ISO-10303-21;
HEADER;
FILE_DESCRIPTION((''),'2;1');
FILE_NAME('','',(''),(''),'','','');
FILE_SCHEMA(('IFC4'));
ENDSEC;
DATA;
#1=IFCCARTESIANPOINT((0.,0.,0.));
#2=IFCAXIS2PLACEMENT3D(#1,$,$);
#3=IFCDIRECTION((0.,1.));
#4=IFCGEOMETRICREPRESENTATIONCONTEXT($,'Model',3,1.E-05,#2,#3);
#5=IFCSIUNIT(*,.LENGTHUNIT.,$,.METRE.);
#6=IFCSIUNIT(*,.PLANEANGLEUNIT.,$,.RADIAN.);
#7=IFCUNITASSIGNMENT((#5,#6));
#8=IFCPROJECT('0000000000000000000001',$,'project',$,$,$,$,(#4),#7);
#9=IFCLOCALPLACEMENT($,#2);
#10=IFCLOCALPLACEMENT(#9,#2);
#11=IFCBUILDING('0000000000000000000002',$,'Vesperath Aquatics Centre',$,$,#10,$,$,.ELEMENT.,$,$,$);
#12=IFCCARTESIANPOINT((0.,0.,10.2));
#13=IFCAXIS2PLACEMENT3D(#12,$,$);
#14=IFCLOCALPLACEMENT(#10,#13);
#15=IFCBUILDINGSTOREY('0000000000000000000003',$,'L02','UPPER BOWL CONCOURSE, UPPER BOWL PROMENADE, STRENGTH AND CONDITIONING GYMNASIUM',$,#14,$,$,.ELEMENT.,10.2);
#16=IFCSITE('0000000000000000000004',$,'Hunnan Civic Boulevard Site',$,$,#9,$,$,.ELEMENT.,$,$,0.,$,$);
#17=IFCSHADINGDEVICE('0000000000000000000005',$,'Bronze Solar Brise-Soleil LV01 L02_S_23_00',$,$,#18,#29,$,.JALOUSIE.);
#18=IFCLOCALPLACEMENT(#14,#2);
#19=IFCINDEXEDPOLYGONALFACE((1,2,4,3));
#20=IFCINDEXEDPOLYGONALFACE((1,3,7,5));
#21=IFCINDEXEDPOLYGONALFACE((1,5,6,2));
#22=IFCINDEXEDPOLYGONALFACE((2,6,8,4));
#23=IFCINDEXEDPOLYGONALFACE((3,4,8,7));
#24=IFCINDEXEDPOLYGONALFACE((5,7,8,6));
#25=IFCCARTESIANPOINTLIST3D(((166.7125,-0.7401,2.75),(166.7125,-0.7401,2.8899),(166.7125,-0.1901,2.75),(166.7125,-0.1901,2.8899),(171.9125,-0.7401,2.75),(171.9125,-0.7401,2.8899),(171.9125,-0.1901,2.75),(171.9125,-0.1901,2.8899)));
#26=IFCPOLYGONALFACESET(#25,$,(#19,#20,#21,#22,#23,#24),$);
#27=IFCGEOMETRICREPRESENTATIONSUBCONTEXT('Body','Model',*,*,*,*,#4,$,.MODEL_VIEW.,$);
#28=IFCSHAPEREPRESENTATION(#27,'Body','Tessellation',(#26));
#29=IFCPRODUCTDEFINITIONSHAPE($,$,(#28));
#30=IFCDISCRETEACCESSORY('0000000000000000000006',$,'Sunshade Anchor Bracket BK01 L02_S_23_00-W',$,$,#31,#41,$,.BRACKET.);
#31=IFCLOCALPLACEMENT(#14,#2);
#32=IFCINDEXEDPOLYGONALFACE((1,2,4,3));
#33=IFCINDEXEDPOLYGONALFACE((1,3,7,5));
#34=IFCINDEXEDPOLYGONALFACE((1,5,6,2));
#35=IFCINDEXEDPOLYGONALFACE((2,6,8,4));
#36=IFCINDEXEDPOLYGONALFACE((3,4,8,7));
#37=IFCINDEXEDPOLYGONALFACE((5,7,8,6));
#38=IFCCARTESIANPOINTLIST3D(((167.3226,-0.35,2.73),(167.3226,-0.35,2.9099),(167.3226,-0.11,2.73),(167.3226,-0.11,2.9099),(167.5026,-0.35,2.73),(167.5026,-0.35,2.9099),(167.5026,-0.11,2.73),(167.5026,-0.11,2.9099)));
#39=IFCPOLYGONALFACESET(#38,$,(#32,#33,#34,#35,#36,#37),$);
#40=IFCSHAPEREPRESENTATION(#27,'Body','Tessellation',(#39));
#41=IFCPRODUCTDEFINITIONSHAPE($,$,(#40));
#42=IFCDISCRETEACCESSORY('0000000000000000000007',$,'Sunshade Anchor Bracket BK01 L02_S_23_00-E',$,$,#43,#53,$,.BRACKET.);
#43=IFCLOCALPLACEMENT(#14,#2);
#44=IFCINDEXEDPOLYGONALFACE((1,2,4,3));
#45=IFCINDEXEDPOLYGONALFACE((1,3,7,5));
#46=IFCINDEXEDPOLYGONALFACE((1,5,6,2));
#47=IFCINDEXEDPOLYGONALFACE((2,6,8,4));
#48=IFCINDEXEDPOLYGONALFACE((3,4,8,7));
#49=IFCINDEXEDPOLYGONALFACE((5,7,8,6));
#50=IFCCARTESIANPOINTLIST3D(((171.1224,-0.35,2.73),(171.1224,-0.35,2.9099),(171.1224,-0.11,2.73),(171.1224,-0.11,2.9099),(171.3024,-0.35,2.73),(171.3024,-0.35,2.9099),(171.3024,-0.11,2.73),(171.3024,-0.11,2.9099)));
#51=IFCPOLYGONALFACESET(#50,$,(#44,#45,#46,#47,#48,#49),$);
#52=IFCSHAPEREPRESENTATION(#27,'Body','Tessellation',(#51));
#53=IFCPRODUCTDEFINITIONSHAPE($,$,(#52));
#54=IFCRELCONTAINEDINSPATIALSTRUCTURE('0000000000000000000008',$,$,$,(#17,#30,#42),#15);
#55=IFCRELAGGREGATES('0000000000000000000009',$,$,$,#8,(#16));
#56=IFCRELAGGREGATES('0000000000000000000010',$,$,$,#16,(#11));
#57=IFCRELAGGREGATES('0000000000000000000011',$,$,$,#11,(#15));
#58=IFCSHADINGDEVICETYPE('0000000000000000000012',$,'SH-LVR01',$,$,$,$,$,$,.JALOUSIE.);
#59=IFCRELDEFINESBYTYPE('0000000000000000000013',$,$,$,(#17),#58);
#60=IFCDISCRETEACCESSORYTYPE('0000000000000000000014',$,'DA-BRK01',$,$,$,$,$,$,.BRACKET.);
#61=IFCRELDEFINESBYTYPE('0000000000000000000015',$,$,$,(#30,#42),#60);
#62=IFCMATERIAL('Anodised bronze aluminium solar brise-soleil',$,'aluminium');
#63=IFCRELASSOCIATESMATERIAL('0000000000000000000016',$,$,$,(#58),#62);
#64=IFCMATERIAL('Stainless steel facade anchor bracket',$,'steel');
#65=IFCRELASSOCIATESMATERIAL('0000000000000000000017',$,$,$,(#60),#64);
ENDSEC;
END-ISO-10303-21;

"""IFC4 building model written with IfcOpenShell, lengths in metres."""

from ifc_helpers import new_model, si_unit, direction, frame, origin, origin_2d, place, context, subcontext, project, spatial, rectangle, extrude, material, type_object, element, save


model = new_model("IFC4")

# Units and contexts
model_context = context("Model", 3, precision=1e-05, world=origin(), true_north=direction((0.0, 1.0)))
body_context = subcontext(model_context, "Body", "Model", "MODEL_VIEW")
ifc_project = project(units=[si_unit("LENGTHUNIT", "METRE"), si_unit("PLANEANGLEUNIT", "RADIAN")], contexts=[model_context])

# Site, building, storey
site_placement = place(None, origin())
site = spatial("IfcSite", under=ifc_project, at=site_placement, Name="Hunnan Civic Boulevard Site", CompositionType="ELEMENT", RefElevation=0.0)
building_placement = place(site_placement, origin())
building = spatial("IfcBuilding", under=site, at=building_placement, Name="Vesperath Aquatics Centre", CompositionType="ELEMENT")
storey_placement = place(building_placement, frame((0.0, 0.0, 10.2)))
storey = spatial("IfcBuildingStorey", under=building, at=storey_placement, Name="L02", Description="UPPER BOWL CONCOURSE, UPPER BOWL PROMENADE, STRENGTH AND CONDITIONING GYMNASIUM", CompositionType="ELEMENT", Elevation=10.2)

# Shading device
ifc_material_1 = material(Name="Anodised bronze aluminium solar brise-soleil", Category="aluminium")
shading_device_type = type_object("IfcShadingDeviceType", Name="SH-LVR01", PredefinedType="JALOUSIE", material=ifc_material_1)
shading_device_placement = place(storey_placement, frame((169.3125, -0.4651, 2.75), z_axis=(0.0, 0.0, 1.0), x_axis=(1.0, 0.0, 0.0)))
element("IfcShadingDevice", 1, at=shading_device_placement, inside=storey, type_object=shading_device_type, Name="Bronze Solar Brise-Soleil LV01 L02_S_23_00", PredefinedType="JALOUSIE", context=body_context, shape_type="SweptSolid", body=[
    extrude(rectangle(XDim=5.2, YDim=0.55, at=origin_2d()), origin(), (0.0, 0.0, 1.0), 0.1399),
])

# Discrete accessories
ifc_material_2 = material(Name="Stainless steel facade anchor bracket", Category="steel")
discrete_accessory_type = type_object("IfcDiscreteAccessoryType", Name="DA-BRK01", PredefinedType="BRACKET", material=ifc_material_2)
for number, where, z_axis, x_axis, name in (
    (2, (167.4126, -0.23, 2.73), (0.0, 0.0, 1.0), (1.0, 0.0, 0.0), "Sunshade Anchor Bracket BK01 L02_S_23_00-W"),
    (3, (171.2124, -0.23, 2.73), (0.0, 0.0, 1.0), (1.0, 0.0, 0.0), "Sunshade Anchor Bracket BK01 L02_S_23_00-E"),
):
    element("IfcDiscreteAccessory", number, at=place(storey_placement, frame(where, z_axis=z_axis, x_axis=x_axis)), inside=storey, type_object=discrete_accessory_type, Name=name, PredefinedType="BRACKET", context=body_context, shape_type="SweptSolid", body=[
        extrude(rectangle(XDim=0.1799, YDim=0.24, at=origin_2d()), origin(), (0.0, 0.0, 1.0), 0.1799),
    ])

save(model, "model.ifc")
